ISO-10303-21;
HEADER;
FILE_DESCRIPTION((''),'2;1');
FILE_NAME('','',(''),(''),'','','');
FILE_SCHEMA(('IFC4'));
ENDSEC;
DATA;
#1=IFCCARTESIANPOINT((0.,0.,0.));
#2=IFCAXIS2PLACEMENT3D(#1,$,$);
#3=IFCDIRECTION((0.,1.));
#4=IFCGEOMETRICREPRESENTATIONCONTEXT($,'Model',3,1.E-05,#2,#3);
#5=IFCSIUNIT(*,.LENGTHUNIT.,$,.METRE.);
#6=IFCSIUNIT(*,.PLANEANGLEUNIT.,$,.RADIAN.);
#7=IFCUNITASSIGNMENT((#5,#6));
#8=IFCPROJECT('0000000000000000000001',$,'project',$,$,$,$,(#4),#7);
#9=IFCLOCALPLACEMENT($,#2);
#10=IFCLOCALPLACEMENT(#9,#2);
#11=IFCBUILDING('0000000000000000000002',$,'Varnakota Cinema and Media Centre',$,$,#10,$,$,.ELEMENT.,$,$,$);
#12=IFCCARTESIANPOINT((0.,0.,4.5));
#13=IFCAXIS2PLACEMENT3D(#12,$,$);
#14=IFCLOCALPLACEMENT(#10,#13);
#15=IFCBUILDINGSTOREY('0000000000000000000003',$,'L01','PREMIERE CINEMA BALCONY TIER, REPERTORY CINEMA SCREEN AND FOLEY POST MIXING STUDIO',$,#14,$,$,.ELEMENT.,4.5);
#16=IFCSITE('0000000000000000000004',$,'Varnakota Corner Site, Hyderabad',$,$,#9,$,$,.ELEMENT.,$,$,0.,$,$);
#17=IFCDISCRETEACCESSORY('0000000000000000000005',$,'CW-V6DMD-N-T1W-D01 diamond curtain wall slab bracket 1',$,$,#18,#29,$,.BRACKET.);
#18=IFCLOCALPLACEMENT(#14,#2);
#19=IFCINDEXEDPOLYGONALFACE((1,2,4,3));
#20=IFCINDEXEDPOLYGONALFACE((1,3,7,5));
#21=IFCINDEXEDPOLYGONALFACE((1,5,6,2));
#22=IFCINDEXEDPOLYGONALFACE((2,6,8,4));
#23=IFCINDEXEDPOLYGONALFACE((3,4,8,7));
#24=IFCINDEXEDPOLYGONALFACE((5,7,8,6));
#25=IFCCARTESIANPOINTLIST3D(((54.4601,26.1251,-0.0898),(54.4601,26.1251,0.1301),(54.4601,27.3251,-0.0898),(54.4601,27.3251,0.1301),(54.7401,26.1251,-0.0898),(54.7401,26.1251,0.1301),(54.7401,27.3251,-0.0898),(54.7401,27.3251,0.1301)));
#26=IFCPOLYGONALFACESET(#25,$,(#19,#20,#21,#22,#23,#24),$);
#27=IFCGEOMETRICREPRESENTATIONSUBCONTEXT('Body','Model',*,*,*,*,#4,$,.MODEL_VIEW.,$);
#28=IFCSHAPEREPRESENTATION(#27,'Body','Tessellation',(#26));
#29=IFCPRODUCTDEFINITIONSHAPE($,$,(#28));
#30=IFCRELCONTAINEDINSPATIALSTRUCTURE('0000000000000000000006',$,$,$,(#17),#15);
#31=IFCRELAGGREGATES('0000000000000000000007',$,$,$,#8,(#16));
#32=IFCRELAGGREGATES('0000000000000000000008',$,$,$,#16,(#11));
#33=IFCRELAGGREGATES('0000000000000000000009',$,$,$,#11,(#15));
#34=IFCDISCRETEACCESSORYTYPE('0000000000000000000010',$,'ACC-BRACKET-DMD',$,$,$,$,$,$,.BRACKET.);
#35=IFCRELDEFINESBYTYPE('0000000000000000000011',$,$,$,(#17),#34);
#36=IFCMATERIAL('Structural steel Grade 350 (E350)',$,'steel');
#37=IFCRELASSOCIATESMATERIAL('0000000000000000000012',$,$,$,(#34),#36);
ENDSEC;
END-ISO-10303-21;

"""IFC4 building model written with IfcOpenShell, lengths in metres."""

from ifc_helpers import new_model, si_unit, direction, frame, origin, origin_2d, place, context, subcontext, project, spatial, rectangle, extrude, material, type_object, element, save


model = new_model("IFC4")

# Units and contexts
model_context = context("Model", 3, precision=1e-05, world=origin(), true_north=direction((0.0, 1.0)))
body_context = subcontext(model_context, "Body", "Model", "MODEL_VIEW")
ifc_project = project(units=[si_unit("LENGTHUNIT", "METRE"), si_unit("PLANEANGLEUNIT", "RADIAN")], contexts=[model_context])

# Site, building, storey
site_placement = place(None, origin())
site = spatial("IfcSite", under=ifc_project, at=site_placement, Name="Varnakota Corner Site, Hyderabad", CompositionType="ELEMENT", RefElevation=0.0)
building_placement = place(site_placement, origin())
building = spatial("IfcBuilding", under=site, at=building_placement, Name="Varnakota Cinema and Media Centre", CompositionType="ELEMENT")
storey_placement = place(building_placement, frame((0.0, 0.0, 4.5)))
storey = spatial("IfcBuildingStorey", under=building, at=storey_placement, Name="L01", Description="PREMIERE CINEMA BALCONY TIER, REPERTORY CINEMA SCREEN AND FOLEY POST MIXING STUDIO", CompositionType="ELEMENT", Elevation=4.5)

# Discrete accessory
ifc_material_1 = material(Name="Structural steel Grade 350 (E350)", Category="steel")
discrete_accessory_type = type_object("IfcDiscreteAccessoryType", Name="ACC-BRACKET-DMD", PredefinedType="BRACKET", material=ifc_material_1)
discrete_accessory_placement = place(storey_placement, frame((54.6001, 26.7251, -0.0898), z_axis=(0.0, 0.0, 1.0), x_axis=(1.0, 0.0, 0.0)))
element("IfcDiscreteAccessory", 1, at=discrete_accessory_placement, inside=storey, type_object=discrete_accessory_type, Name="CW-V6DMD-N-T1W-D01 diamond curtain wall slab bracket 1", PredefinedType="BRACKET", context=body_context, shape_type="SweptSolid", body=[
    extrude(rectangle(XDim=0.28, YDim=1.2, at=origin_2d()), origin(), (0.0, 0.0, 1.0), 0.22),
])

save(model, "model.ifc")
